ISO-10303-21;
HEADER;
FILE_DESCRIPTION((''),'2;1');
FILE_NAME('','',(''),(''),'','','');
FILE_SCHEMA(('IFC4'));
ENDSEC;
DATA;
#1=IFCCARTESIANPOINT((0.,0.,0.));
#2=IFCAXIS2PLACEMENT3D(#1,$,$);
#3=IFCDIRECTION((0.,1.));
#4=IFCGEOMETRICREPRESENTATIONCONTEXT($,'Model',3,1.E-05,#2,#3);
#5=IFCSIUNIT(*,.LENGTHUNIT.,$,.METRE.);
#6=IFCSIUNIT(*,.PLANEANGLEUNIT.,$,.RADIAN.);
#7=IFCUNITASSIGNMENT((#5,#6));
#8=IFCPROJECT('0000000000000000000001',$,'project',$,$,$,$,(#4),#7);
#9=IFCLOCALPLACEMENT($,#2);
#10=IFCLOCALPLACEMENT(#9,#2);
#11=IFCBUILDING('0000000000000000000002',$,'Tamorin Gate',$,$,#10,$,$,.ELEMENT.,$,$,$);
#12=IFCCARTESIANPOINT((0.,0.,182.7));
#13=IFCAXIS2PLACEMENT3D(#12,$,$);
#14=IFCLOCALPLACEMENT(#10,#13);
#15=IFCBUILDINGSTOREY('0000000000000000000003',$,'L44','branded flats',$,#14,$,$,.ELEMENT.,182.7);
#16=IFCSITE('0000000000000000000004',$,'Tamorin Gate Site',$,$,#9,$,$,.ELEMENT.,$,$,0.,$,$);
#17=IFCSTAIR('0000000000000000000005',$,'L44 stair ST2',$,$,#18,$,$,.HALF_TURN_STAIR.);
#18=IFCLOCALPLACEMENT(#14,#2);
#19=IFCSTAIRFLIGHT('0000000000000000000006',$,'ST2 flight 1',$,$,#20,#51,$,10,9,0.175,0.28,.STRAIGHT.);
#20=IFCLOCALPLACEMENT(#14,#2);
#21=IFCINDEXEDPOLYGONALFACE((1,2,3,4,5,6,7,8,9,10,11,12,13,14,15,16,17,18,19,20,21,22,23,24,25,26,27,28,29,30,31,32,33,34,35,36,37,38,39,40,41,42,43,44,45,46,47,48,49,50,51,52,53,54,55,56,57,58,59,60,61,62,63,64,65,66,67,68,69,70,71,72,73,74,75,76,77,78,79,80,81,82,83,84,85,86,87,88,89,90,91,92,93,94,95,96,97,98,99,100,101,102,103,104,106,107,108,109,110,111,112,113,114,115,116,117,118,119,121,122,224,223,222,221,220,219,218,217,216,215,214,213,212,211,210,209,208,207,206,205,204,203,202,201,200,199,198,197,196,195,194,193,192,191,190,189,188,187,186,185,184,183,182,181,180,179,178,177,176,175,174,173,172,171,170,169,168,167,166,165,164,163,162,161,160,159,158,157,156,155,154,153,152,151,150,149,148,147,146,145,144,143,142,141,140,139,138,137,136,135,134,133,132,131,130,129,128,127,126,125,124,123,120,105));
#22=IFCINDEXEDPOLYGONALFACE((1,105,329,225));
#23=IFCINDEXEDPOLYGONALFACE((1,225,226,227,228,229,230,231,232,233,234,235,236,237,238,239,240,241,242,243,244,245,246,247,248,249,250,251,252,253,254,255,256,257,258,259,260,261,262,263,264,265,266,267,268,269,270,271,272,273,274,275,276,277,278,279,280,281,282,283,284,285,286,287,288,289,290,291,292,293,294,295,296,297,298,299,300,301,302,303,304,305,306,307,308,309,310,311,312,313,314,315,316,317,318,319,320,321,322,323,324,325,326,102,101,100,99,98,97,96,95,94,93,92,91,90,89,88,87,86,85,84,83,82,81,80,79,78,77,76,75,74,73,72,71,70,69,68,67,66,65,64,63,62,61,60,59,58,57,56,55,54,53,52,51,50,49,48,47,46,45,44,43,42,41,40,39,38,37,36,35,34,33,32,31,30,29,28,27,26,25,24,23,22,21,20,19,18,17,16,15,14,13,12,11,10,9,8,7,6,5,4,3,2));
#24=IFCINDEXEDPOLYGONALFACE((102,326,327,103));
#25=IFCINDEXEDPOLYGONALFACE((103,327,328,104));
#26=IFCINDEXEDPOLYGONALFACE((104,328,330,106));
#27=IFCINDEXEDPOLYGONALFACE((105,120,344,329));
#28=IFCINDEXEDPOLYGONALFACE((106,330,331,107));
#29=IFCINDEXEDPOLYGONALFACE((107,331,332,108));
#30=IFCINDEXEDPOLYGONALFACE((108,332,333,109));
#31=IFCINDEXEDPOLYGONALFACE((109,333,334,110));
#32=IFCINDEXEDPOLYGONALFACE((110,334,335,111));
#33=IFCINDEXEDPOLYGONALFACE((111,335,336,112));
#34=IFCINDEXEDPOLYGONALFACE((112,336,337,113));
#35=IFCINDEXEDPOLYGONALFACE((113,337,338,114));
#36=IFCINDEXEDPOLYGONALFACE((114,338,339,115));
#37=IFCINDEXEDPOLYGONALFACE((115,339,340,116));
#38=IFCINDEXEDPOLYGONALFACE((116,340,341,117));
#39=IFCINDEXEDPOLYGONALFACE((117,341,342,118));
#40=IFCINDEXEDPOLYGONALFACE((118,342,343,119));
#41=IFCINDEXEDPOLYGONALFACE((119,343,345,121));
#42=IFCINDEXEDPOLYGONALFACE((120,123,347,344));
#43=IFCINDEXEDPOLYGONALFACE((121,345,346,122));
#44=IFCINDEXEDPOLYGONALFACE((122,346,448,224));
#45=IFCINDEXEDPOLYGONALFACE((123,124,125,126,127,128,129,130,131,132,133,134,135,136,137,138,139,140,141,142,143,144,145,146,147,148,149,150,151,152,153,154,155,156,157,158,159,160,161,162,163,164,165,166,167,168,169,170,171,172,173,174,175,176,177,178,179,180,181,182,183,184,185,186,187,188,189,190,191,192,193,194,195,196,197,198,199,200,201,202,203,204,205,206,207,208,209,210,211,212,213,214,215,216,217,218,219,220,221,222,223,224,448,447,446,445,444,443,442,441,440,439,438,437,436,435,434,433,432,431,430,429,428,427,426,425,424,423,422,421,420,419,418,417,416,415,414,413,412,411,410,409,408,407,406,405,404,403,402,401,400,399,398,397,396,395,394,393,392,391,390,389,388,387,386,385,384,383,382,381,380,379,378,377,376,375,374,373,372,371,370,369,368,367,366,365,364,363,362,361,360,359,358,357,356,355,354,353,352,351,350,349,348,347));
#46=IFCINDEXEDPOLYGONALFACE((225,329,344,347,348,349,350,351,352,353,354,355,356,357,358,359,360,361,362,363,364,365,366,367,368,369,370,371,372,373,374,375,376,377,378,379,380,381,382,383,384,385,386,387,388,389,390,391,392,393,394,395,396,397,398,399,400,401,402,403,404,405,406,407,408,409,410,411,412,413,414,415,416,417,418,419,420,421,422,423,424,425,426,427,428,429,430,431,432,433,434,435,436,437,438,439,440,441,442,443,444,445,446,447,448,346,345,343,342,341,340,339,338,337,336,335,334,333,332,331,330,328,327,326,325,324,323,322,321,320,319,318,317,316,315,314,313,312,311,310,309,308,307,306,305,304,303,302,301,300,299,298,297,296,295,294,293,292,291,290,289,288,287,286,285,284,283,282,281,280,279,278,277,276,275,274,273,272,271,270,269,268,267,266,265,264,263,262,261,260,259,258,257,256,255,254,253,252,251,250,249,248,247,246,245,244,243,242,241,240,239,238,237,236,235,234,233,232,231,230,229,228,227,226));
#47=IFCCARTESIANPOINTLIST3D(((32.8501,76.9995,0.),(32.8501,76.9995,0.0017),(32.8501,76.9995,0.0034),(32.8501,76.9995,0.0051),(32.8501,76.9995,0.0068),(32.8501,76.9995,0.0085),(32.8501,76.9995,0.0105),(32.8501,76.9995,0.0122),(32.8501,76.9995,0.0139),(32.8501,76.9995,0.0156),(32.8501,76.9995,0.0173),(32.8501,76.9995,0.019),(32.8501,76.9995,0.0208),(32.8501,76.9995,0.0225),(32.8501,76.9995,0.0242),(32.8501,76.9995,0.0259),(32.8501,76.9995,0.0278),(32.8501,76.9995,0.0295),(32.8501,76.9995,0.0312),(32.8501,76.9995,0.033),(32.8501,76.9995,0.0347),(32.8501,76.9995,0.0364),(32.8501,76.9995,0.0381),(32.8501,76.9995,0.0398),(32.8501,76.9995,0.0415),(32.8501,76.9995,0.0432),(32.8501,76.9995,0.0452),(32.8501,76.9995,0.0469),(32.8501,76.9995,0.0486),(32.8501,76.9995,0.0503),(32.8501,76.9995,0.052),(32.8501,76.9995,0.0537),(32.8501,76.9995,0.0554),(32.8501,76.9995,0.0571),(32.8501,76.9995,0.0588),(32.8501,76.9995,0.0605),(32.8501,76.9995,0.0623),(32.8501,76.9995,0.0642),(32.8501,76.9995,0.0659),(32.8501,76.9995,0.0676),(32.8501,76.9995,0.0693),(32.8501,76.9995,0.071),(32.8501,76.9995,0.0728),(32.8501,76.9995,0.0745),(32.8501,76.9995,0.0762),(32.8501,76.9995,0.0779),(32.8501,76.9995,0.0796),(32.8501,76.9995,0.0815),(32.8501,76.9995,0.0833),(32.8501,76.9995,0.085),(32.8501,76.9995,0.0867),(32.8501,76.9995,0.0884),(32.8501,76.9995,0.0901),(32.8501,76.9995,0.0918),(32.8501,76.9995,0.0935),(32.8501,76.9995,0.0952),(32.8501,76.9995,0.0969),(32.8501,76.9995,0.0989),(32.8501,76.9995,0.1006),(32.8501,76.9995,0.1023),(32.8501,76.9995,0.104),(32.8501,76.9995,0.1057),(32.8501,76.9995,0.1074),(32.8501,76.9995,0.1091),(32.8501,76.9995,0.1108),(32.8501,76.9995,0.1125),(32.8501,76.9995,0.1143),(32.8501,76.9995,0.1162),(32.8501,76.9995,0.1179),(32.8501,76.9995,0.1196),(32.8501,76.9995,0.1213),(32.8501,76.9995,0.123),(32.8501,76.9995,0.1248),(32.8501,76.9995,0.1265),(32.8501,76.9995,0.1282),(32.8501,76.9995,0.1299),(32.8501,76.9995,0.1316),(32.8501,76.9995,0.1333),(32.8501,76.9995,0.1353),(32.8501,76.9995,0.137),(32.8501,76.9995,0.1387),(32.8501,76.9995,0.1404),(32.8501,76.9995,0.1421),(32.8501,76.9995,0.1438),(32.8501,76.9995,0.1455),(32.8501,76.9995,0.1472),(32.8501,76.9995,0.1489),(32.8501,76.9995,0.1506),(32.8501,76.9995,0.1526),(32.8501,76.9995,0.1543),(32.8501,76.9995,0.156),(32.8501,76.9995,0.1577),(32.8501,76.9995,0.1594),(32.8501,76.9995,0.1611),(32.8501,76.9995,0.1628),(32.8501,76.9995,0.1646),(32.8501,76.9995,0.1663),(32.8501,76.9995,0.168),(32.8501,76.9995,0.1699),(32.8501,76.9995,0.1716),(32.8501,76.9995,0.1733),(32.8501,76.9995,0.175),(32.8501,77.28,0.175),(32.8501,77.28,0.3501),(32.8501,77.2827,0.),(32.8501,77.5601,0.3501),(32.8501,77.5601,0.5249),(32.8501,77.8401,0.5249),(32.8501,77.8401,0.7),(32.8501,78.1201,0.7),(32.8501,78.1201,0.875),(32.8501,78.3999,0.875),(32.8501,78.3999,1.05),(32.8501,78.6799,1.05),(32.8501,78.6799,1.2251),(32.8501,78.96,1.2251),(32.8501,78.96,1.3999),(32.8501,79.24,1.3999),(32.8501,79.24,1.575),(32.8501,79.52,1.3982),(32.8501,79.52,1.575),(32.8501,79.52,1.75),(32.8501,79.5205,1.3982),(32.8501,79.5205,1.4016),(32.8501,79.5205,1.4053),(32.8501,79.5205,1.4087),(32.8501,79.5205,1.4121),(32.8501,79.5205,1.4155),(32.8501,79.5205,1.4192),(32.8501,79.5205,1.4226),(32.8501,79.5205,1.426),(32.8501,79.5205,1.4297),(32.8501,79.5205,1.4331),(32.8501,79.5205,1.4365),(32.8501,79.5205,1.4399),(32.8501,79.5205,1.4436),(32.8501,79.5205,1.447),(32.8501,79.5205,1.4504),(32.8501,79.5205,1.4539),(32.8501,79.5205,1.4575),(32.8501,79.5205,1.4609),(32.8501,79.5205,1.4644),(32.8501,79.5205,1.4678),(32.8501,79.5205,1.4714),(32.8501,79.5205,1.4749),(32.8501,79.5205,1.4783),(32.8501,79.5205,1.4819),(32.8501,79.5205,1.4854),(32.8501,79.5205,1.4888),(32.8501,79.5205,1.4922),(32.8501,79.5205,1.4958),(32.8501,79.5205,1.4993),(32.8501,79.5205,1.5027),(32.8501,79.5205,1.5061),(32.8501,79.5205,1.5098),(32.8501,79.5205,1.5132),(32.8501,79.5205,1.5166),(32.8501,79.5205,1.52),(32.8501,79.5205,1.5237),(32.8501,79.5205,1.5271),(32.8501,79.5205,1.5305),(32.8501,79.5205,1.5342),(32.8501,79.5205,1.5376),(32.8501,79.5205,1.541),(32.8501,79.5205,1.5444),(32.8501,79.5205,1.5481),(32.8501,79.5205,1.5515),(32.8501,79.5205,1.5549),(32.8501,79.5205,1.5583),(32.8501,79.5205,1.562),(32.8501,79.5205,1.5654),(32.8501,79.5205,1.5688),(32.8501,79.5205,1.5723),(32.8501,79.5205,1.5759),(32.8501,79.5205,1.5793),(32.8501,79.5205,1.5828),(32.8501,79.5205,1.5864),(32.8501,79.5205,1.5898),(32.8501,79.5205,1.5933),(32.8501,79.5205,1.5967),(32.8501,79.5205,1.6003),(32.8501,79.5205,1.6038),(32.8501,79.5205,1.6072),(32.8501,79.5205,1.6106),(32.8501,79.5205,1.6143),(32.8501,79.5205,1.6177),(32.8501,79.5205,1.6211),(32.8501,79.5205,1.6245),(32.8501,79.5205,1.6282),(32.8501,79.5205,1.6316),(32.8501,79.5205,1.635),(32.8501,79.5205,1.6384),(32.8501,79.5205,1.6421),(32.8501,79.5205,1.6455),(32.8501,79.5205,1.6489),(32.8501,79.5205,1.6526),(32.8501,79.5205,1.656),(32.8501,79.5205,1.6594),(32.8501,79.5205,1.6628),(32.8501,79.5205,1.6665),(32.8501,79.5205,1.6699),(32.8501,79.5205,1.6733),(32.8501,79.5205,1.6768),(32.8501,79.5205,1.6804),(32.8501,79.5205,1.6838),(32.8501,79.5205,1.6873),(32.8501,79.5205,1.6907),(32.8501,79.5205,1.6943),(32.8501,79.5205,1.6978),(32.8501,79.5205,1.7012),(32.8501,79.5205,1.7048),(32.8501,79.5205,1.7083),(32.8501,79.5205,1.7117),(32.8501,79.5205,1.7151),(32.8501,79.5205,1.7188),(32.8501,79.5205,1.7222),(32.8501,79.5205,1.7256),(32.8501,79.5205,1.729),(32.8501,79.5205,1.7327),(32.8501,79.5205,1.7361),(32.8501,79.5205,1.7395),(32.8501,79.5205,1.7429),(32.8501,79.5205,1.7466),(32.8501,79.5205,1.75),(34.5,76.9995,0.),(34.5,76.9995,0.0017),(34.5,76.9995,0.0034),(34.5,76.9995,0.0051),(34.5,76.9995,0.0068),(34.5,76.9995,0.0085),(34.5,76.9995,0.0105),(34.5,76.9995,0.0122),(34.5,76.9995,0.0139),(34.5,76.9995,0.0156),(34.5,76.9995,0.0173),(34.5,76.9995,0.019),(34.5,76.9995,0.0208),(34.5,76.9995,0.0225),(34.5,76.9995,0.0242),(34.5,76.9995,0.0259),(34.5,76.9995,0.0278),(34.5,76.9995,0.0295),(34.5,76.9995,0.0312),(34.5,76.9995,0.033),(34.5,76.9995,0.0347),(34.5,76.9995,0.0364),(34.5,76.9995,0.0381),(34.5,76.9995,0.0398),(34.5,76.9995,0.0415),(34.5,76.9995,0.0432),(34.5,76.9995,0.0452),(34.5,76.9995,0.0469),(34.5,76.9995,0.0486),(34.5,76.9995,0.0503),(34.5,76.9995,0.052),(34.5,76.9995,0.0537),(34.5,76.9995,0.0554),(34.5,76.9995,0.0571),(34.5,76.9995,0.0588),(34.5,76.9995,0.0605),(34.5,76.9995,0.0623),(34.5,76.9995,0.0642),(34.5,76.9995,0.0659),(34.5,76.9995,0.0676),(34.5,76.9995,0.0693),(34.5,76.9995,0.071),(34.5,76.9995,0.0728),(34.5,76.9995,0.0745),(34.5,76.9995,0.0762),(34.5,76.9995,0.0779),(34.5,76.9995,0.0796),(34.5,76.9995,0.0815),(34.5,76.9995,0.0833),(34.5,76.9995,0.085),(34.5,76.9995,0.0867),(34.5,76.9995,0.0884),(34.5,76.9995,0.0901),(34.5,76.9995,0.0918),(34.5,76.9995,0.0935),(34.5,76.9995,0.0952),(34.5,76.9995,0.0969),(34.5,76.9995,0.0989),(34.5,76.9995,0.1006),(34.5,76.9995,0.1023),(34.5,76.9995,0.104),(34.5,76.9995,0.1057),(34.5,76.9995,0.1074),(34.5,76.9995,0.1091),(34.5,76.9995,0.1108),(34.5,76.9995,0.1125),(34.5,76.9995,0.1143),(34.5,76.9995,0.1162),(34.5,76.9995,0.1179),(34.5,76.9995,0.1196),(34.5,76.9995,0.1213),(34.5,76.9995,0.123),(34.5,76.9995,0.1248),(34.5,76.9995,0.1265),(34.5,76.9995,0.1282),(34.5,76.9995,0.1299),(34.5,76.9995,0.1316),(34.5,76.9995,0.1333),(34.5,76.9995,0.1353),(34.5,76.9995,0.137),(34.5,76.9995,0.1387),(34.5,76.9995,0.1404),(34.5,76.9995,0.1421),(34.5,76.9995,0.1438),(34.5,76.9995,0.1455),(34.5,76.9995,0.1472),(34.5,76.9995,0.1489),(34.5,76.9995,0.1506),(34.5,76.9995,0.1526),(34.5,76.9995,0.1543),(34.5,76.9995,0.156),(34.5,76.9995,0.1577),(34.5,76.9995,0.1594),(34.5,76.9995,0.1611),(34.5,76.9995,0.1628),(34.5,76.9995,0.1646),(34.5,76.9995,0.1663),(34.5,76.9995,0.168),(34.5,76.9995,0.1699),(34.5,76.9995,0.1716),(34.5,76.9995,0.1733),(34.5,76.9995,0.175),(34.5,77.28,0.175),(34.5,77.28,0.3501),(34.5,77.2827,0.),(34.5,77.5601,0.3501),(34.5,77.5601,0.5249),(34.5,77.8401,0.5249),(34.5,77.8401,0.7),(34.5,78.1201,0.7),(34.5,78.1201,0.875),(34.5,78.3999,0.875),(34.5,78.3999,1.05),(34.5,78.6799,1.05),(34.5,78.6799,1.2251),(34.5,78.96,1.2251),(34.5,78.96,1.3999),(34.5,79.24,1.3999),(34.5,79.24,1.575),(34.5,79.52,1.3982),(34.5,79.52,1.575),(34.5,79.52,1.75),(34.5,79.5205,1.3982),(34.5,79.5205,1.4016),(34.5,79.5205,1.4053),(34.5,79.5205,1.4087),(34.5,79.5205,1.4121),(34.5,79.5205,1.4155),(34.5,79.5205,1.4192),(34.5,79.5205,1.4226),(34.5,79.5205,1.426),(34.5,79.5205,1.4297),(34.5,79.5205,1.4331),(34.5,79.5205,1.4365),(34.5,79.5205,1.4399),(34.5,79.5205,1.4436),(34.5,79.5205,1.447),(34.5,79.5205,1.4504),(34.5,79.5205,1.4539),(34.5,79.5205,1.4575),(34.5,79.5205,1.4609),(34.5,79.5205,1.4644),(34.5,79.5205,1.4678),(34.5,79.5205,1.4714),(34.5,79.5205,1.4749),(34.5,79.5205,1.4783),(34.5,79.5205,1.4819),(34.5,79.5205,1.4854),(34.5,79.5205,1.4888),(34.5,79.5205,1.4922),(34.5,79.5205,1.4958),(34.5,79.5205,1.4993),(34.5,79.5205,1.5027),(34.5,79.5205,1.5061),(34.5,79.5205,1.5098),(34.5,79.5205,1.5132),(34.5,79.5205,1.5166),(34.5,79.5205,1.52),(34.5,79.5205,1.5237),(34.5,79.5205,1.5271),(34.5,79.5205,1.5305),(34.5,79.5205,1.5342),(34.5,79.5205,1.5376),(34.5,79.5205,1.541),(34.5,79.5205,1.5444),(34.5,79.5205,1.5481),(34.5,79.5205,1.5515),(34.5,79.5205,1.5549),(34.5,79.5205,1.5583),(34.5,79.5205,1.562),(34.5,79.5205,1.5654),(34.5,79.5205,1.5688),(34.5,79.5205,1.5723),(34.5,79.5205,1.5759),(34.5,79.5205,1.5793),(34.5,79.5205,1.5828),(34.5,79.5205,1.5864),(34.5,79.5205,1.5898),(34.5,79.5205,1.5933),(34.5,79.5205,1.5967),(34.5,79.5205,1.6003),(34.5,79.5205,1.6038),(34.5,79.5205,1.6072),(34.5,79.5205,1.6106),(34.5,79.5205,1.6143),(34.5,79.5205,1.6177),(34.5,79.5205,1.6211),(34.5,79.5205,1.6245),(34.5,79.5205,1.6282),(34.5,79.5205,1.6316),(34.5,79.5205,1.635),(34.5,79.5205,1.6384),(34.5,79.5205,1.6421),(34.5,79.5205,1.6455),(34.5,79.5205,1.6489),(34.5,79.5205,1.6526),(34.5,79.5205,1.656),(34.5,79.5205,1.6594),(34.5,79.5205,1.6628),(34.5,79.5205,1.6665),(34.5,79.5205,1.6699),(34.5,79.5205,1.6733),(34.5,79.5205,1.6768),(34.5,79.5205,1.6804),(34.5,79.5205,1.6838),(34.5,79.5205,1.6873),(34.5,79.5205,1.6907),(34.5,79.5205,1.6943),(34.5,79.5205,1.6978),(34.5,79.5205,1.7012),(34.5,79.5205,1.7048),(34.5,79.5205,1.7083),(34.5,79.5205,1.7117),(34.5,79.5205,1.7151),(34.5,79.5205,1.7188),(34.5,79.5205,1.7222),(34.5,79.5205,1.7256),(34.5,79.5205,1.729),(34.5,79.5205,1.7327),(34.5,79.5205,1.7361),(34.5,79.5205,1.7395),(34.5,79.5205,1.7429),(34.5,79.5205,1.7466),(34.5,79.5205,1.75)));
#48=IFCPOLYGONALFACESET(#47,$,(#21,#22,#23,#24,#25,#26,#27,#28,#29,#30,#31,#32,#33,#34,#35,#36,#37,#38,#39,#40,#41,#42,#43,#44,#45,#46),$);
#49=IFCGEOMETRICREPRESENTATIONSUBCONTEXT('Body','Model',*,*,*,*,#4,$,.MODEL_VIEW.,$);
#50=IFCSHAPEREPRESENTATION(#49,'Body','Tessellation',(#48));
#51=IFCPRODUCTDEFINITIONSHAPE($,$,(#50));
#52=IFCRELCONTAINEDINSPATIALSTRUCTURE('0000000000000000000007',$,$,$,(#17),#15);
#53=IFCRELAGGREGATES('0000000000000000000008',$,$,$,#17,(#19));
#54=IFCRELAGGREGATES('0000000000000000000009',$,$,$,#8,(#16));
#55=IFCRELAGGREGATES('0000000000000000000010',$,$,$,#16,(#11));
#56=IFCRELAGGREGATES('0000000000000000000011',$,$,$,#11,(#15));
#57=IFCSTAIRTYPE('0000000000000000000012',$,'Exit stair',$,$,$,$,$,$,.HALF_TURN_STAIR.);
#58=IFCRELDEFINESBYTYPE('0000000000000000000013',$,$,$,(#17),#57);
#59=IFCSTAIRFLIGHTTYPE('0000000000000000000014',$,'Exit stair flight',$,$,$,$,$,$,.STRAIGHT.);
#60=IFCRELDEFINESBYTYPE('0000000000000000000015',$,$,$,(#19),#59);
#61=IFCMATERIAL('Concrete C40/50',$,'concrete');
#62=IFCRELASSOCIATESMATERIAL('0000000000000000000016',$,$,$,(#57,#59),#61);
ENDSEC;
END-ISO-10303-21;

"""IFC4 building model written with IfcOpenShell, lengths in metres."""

from ifc_helpers import new_model, si_unit, direction, frame, origin, place, context, subcontext, project, spatial, polyline, outline, extrude, material, type_object, element, aggregate, save


model = new_model("IFC4")

# Units and contexts
model_context = context("Model", 3, precision=1e-05, world=origin(), true_north=direction((0.0, 1.0)))
body_context = subcontext(model_context, "Body", "Model", "MODEL_VIEW")
ifc_project = project(units=[si_unit("LENGTHUNIT", "METRE"), si_unit("PLANEANGLEUNIT", "RADIAN")], contexts=[model_context])

# Site, building, storey
site_placement = place(None, origin())
site = spatial("IfcSite", under=ifc_project, at=site_placement, Name="Tamorin Gate Site", CompositionType="ELEMENT", RefElevation=0.0)
building_placement = place(site_placement, origin())
building = spatial("IfcBuilding", under=site, at=building_placement, Name="Tamorin Gate", CompositionType="ELEMENT")
storey_placement = place(building_placement, frame((0.0, 0.0, 182.7)))
storey = spatial("IfcBuildingStorey", under=building, at=storey_placement, Name="L44", Description="branded flats", CompositionType="ELEMENT", Elevation=182.7)

# Shared definitions
ifc_material_1 = material(Name="Concrete C40/50", Category="concrete")

# Shared definitions
stair_type = type_object("IfcStairType", Name="Exit stair", PredefinedType="HALF_TURN_STAIR", material=ifc_material_1)
stair_flight_type = type_object("IfcStairFlightType", Name="Exit stair flight", PredefinedType="STRAIGHT", material=ifc_material_1)

# Stair, stair flight
stair_1_placement = place(storey_placement, origin())
stair_1 = element("IfcStair", 1, at=stair_1_placement, inside=storey, type_object=stair_type, Name="L44 stair ST2", PredefinedType="HALF_TURN_STAIR")
stair_flight_1_placement = place(storey_placement, frame((33.675, 77.0, 0.0), z_axis=(0.0, 0.0, 1.0), x_axis=(0.0, 1.0, 0.0)))
stair_flight_1 = element("IfcStairFlight", 2, at=stair_flight_1_placement, type_object=stair_flight_type, Name="ST2 flight 1", NumberOfRisers=10, NumberOfTreads=9, PredefinedType="STRAIGHT", RiserHeight=0.175, TreadLength=0.28, context=body_context, shape_type="SweptSolid", body=[
    extrude(outline(polyline([(-0.0005, 0.0), (-0.0005, 0.0017), (-0.0005, 0.0034), (-0.0005, 0.0051), (-0.0005, 0.0068), (-0.0005, 0.0085), (-0.0005, 0.0105), (-0.0005, 0.0122), (-0.0005, 0.0139), (-0.0005, 0.0156), (-0.0005, 0.0173), (-0.0005, 0.019), (-0.0005, 0.0208), (-0.0005, 0.0225), (-0.0005, 0.0242), (-0.0005, 0.0259), (-0.0005, 0.0278), (-0.0005, 0.0295), (-0.0005, 0.0312), (-0.0005, 0.033), (-0.0005, 0.0347), (-0.0005, 0.0364), (-0.0005, 0.0381), (-0.0005, 0.0398), (-0.0005, 0.0415), (-0.0005, 0.0432), (-0.0005, 0.0452), (-0.0005, 0.0469), (-0.0005, 0.0486), (-0.0005, 0.0503), (-0.0005, 0.052), (-0.0005, 0.0537), (-0.0005, 0.0554), (-0.0005, 0.0571), (-0.0005, 0.0588), (-0.0005, 0.0605), (-0.0005, 0.0623), (-0.0005, 0.0642), (-0.0005, 0.0659), (-0.0005, 0.0676), (-0.0005, 0.0693), (-0.0005, 0.071), (-0.0005, 0.0728), (-0.0005, 0.0745), (-0.0005, 0.0762), (-0.0005, 0.0779), (-0.0005, 0.0796), (-0.0005, 0.0815), (-0.0005, 0.0833), (-0.0005, 0.085), (-0.0005, 0.0867), (-0.0005, 0.0884), (-0.0005, 0.0901), (-0.0005, 0.0918), (-0.0005, 0.0935), (-0.0005, 0.0952), (-0.0005, 0.0969), (-0.0005, 0.0989), (-0.0005, 0.1006), (-0.0005, 0.1023), (-0.0005, 0.104), (-0.0005, 0.1057), (-0.0005, 0.1074), (-0.0005, 0.1091), (-0.0005, 0.1108), (-0.0005, 0.1125), (-0.0005, 0.1143), (-0.0005, 0.1162), (-0.0005, 0.1179), (-0.0005, 0.1196), (-0.0005, 0.1213), (-0.0005, 0.123), (-0.0005, 0.1248), (-0.0005, 0.1265), (-0.0005, 0.1282), (-0.0005, 0.1299), (-0.0005, 0.1316), (-0.0005, 0.1333), (-0.0005, 0.1353), (-0.0005, 0.137), (-0.0005, 0.1387), (-0.0005, 0.1404), (-0.0005, 0.1421), (-0.0005, 0.1438), (-0.0005, 0.1455), (-0.0005, 0.1472), (-0.0005, 0.1489), (-0.0005, 0.1506), (-0.0005, 0.1526), (-0.0005, 0.1543), (-0.0005, 0.156), (-0.0005, 0.1577), (-0.0005, 0.1594), (-0.0005, 0.1611), (-0.0005, 0.1628), (-0.0005, 0.1646), (-0.0005, 0.1663), (-0.0005, 0.168), (-0.0005, 0.1699), (-0.0005, 0.1716), (-0.0005, 0.1733), (-0.0005, 0.175), (0.28, 0.175), (0.28, 0.3501), (0.5601, 0.3501), (0.5601, 0.5249), (0.8401, 0.5249), (0.8401, 0.7), (1.1201, 0.7), (1.1201, 0.875), (1.3999, 0.875), (1.3999, 1.05), (1.6799, 1.05), (1.6799, 1.2251), (1.96, 1.2251), (1.96, 1.3999), (2.24, 1.3999), (2.24, 1.575), (2.52, 1.575), (2.52, 1.75), (2.5205, 1.75), (2.5205, 1.7466), (2.5205, 1.7429), (2.5205, 1.7395), (2.5205, 1.7361), (2.5205, 1.7327), (2.5205, 1.729), (2.5205, 1.7256), (2.5205, 1.7222), (2.5205, 1.7188), (2.5205, 1.7151), (2.5205, 1.7117), (2.5205, 1.7083), (2.5205, 1.7048), (2.5205, 1.7012), (2.5205, 1.6978), (2.5205, 1.6943), (2.5205, 1.6907), (2.5205, 1.6873), (2.5205, 1.6838), (2.5205, 1.6804), (2.5205, 1.6768), (2.5205, 1.6733), (2.5205, 1.6699), (2.5205, 1.6665), (2.5205, 1.6628), (2.5205, 1.6594), (2.5205, 1.656), (2.5205, 1.6526), (2.5205, 1.6489), (2.5205, 1.6455), (2.5205, 1.6421), (2.5205, 1.6384), (2.5205, 1.635), (2.5205, 1.6316), (2.5205, 1.6282), (2.5205, 1.6245), (2.5205, 1.6211), (2.5205, 1.6177), (2.5205, 1.6143), (2.5205, 1.6106), (2.5205, 1.6072), (2.5205, 1.6038), (2.5205, 1.6003), (2.5205, 1.5967), (2.5205, 1.5933), (2.5205, 1.5898), (2.5205, 1.5864), (2.5205, 1.5828), (2.5205, 1.5793), (2.5205, 1.5759), (2.5205, 1.5723), (2.5205, 1.5688), (2.5205, 1.5654), (2.5205, 1.562), (2.5205, 1.5583), (2.5205, 1.5549), (2.5205, 1.5515), (2.5205, 1.5481), (2.5205, 1.5444), (2.5205, 1.541), (2.5205, 1.5376), (2.5205, 1.5342), (2.5205, 1.5305), (2.5205, 1.5271), (2.5205, 1.5237), (2.5205, 1.52), (2.5205, 1.5166), (2.5205, 1.5132), (2.5205, 1.5098), (2.5205, 1.5061), (2.5205, 1.5027), (2.5205, 1.4993), (2.5205, 1.4958), (2.5205, 1.4922), (2.5205, 1.4888), (2.5205, 1.4854), (2.5205, 1.4819), (2.5205, 1.4783), (2.5205, 1.4749), (2.5205, 1.4714), (2.5205, 1.4678), (2.5205, 1.4644), (2.5205, 1.4609), (2.5205, 1.4575), (2.5205, 1.4539), (2.5205, 1.4504), (2.5205, 1.447), (2.5205, 1.4436), (2.5205, 1.4399), (2.5205, 1.4365), (2.5205, 1.4331), (2.5205, 1.4297), (2.5205, 1.426), (2.5205, 1.4226), (2.5205, 1.4192), (2.5205, 1.4155), (2.5205, 1.4121), (2.5205, 1.4087), (2.5205, 1.4053), (2.5205, 1.4016), (2.5205, 1.3982), (2.52, 1.3982), (0.2827, 0.0), (-0.0005, 0.0)])), frame((0.0, 0.825, 0.0), z_axis=(0.0, -1.0, 0.0), x_axis=(1.0, 0.0, 0.0)), (0.0, 0.0, 1.0), 1.6499),
])
aggregate(stair_1, [stair_flight_1])

save(model, "model.ifc")
